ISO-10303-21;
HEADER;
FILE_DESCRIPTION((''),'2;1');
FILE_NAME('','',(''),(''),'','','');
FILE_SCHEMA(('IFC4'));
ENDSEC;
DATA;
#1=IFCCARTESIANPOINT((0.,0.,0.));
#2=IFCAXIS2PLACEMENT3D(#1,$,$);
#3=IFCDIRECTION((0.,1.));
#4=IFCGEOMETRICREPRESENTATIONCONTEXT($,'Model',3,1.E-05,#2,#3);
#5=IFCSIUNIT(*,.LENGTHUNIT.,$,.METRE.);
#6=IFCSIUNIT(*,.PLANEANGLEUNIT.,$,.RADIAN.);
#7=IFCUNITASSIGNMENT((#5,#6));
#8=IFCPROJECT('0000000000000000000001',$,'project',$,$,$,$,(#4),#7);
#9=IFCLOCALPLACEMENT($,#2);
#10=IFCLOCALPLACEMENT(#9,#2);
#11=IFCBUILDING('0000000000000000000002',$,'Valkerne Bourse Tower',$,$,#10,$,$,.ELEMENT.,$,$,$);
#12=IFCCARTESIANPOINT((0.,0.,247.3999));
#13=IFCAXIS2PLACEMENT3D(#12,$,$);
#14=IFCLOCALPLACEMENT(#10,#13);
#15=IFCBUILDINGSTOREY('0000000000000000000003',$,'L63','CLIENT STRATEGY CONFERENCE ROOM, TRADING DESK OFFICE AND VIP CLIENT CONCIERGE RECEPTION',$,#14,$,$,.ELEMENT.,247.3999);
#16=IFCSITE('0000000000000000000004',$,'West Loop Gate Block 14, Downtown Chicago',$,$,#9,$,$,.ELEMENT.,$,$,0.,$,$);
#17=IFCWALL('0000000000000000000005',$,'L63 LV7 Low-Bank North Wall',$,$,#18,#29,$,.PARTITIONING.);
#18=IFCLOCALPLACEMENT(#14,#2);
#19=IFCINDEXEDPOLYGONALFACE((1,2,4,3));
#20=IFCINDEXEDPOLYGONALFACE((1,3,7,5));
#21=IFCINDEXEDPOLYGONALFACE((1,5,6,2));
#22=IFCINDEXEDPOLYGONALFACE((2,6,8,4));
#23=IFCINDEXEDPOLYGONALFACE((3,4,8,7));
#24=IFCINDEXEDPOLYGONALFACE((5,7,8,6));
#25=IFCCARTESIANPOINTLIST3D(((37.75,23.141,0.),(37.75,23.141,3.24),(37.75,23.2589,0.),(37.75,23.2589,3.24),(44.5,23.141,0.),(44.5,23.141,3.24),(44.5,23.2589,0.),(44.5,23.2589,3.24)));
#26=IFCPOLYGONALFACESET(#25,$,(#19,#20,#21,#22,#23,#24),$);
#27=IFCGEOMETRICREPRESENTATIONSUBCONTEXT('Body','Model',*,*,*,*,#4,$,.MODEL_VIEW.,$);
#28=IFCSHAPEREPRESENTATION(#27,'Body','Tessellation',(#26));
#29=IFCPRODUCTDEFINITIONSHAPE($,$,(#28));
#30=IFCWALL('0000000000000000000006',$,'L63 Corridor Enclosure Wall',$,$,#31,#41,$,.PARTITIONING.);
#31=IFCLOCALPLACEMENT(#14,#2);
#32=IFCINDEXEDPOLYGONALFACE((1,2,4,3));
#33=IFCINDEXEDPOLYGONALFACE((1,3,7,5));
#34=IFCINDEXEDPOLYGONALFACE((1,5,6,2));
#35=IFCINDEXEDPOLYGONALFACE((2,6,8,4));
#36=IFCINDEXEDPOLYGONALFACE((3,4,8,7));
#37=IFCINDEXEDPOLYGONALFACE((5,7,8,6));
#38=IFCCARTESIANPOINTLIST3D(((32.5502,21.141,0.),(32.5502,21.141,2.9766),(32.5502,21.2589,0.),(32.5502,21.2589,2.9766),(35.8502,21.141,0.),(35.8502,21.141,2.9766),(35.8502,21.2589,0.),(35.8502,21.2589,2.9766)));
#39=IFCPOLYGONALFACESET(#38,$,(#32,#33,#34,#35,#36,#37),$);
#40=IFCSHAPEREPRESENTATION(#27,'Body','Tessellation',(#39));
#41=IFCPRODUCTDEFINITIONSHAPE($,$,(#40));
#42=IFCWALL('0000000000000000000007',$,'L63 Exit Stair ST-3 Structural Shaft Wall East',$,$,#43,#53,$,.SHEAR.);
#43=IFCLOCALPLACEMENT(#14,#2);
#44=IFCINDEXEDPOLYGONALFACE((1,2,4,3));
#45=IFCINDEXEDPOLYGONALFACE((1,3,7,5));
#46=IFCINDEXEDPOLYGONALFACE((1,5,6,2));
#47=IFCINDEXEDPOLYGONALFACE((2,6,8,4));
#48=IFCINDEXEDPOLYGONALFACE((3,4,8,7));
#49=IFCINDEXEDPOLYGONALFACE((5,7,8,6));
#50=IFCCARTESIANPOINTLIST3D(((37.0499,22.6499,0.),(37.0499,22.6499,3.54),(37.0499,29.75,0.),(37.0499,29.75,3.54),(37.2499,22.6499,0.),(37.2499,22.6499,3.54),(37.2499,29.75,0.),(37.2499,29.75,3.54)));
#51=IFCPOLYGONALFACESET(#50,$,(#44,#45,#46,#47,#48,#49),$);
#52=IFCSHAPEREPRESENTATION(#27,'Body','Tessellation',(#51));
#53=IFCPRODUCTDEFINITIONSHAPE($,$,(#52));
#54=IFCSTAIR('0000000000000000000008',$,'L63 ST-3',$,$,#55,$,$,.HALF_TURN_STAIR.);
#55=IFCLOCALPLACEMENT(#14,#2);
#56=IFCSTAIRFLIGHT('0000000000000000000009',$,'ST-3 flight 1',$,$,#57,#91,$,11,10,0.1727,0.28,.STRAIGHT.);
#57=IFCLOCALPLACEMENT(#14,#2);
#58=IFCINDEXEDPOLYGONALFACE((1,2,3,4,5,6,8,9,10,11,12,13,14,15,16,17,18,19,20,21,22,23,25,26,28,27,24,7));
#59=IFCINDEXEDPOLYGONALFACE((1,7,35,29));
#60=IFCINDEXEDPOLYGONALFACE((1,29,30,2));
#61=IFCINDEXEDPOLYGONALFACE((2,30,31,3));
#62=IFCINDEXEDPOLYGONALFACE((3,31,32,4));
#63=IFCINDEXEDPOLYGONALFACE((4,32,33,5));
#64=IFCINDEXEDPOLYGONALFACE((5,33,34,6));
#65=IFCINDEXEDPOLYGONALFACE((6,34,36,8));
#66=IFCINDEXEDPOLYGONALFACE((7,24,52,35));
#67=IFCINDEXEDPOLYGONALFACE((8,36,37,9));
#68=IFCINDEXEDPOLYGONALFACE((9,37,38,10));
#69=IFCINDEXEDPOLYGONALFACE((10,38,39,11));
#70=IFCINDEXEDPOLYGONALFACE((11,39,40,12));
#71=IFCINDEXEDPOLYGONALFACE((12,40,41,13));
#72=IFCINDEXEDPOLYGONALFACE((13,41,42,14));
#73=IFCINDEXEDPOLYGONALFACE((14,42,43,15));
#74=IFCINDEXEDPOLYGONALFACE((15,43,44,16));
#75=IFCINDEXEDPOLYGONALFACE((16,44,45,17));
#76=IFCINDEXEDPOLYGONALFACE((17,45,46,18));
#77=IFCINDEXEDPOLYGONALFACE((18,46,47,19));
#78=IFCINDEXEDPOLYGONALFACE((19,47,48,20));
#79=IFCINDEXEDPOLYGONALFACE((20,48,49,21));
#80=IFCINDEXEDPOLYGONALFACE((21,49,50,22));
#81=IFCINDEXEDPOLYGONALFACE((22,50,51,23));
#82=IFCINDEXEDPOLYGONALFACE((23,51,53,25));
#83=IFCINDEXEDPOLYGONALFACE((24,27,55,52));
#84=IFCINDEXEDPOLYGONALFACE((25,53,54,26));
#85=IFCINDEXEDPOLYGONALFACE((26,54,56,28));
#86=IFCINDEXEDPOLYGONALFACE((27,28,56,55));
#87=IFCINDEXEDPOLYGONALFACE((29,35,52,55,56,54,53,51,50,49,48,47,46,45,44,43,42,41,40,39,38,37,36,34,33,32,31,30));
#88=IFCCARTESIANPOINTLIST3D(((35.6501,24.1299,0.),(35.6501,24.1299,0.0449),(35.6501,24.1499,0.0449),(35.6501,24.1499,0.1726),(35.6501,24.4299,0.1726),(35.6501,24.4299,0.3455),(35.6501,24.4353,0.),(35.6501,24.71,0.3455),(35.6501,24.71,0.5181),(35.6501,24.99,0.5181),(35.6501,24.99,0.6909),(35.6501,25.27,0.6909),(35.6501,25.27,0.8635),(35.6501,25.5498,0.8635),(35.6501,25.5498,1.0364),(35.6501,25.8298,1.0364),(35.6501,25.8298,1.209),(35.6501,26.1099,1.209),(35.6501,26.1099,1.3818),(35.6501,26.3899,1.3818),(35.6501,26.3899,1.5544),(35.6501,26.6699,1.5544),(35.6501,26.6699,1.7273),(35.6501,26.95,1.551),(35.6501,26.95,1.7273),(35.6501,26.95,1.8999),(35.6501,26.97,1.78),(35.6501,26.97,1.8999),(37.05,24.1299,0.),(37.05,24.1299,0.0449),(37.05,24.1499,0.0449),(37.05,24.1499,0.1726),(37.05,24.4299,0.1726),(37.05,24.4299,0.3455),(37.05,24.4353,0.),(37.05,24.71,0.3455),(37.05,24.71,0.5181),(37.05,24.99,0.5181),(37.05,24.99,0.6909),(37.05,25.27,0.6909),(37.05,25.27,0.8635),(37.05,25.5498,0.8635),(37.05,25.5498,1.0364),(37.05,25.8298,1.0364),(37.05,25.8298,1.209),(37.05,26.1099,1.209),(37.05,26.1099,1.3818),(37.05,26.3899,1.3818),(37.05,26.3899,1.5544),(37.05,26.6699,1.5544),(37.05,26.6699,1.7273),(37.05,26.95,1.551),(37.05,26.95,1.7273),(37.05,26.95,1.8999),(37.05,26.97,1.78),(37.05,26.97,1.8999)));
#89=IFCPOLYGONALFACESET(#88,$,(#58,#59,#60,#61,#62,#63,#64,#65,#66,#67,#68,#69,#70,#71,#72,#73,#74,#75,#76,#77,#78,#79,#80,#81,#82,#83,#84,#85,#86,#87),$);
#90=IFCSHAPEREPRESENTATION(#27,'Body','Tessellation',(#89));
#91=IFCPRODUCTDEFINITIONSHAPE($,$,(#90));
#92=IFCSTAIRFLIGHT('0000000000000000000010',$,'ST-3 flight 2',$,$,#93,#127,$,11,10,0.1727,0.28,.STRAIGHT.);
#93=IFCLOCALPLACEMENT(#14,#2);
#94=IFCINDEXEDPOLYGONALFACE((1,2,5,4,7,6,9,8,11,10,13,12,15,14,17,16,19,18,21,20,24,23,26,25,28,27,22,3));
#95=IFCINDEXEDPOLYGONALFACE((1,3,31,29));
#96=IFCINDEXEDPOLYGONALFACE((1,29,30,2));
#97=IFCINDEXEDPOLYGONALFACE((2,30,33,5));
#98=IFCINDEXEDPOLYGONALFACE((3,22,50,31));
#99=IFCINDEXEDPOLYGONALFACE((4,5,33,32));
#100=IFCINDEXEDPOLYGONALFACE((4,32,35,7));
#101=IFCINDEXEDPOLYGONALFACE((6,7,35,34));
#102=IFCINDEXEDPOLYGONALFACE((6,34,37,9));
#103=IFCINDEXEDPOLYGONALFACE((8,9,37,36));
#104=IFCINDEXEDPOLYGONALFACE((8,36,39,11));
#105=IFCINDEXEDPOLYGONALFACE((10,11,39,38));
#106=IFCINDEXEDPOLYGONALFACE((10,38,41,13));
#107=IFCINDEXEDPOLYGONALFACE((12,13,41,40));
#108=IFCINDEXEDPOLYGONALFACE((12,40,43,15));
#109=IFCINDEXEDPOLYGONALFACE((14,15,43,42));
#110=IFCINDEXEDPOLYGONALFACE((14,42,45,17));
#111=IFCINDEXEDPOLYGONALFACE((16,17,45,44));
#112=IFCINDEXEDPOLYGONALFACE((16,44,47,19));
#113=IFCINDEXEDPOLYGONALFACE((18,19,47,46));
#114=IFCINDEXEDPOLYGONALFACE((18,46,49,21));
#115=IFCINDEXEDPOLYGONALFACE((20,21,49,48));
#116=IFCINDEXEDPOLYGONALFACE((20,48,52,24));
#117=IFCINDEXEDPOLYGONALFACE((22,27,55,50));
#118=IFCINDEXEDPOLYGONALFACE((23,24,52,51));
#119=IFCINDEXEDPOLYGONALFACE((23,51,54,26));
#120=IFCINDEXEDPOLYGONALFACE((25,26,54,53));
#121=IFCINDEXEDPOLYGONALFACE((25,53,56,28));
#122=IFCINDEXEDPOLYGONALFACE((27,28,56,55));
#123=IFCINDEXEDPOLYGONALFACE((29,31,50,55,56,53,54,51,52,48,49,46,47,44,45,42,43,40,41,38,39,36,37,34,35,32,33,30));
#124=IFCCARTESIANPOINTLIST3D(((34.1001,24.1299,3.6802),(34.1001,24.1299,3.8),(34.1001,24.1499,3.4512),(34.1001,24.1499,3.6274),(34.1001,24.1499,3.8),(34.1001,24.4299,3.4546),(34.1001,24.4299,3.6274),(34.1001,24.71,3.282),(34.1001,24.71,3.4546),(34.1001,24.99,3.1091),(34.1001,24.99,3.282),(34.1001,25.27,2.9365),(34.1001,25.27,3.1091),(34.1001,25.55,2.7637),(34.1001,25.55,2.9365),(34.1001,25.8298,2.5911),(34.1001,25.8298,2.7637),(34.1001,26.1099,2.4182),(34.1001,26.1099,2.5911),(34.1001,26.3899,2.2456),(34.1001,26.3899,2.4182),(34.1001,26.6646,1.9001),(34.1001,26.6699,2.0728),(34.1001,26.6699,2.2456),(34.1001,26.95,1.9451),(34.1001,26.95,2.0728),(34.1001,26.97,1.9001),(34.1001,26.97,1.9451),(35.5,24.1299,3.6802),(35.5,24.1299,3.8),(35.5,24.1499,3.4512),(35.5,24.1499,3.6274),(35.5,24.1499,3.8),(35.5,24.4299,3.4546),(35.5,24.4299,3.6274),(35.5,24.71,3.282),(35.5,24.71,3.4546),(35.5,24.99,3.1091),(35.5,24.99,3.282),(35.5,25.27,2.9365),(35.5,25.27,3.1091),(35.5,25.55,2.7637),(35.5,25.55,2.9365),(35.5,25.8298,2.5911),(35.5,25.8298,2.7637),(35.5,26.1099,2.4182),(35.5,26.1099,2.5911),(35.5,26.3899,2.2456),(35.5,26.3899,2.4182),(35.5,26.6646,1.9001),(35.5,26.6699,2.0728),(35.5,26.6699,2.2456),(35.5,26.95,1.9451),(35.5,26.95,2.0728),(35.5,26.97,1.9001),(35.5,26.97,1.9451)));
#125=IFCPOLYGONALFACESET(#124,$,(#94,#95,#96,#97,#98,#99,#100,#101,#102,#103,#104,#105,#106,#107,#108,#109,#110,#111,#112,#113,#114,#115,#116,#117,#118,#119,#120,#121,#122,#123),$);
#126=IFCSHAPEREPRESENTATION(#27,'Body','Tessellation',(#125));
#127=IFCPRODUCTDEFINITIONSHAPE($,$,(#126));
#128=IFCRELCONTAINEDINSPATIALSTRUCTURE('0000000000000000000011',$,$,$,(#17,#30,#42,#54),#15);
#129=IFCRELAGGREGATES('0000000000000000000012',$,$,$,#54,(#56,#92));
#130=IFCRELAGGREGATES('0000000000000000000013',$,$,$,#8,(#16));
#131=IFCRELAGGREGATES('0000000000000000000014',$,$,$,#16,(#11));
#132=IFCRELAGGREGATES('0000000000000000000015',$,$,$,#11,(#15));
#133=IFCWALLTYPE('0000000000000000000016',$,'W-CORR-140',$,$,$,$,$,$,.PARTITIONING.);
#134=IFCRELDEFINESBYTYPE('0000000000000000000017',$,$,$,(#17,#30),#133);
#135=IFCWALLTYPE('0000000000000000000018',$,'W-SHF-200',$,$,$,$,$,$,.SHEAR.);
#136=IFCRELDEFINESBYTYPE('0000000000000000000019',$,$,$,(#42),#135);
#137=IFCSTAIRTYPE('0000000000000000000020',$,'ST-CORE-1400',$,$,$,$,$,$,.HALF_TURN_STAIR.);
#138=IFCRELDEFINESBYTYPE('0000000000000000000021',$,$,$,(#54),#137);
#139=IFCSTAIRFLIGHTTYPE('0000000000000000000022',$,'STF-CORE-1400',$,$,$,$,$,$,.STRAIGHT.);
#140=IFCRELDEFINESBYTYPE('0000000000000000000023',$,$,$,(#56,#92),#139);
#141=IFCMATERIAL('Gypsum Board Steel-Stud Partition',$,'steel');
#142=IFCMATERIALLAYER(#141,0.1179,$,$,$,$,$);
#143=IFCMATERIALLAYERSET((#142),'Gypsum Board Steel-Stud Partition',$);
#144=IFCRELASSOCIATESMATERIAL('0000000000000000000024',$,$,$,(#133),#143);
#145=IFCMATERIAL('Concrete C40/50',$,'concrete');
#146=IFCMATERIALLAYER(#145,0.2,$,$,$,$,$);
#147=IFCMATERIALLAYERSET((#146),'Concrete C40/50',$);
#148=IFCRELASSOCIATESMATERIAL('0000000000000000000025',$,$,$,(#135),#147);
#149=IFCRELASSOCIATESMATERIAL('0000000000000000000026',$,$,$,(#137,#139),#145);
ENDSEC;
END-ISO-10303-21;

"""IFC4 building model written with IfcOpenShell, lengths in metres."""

from ifc_helpers import new_model, si_unit, direction, frame, frame_2d, origin, place, context, subcontext, project, spatial, polyline, rectangle, outline, extrude, material, layer, layer_set, type_object, element, aggregate, save


model = new_model("IFC4")

# Units and contexts
model_context = context("Model", 3, precision=1e-05, world=origin(), true_north=direction((0.0, 1.0)))
body_context = subcontext(model_context, "Body", "Model", "MODEL_VIEW")
ifc_project = project(units=[si_unit("LENGTHUNIT", "METRE"), si_unit("PLANEANGLEUNIT", "RADIAN")], contexts=[model_context])

# Site, building, storey
site_placement = place(None, origin())
site = spatial("IfcSite", under=ifc_project, at=site_placement, Name="West Loop Gate Block 14, Downtown Chicago", CompositionType="ELEMENT", RefElevation=0.0)
building_placement = place(site_placement, origin())
building = spatial("IfcBuilding", under=site, at=building_placement, Name="Valkerne Bourse Tower", CompositionType="ELEMENT")
storey_placement = place(building_placement, frame((0.0, 0.0, 247.3999)))
storey = spatial("IfcBuildingStorey", under=building, at=storey_placement, Name="L63", Description="CLIENT STRATEGY CONFERENCE ROOM, TRADING DESK OFFICE AND VIP CLIENT CONCIERGE RECEPTION", CompositionType="ELEMENT", Elevation=247.3999)

# Walls
ifc_material_1 = material(Name="Gypsum Board Steel-Stud Partition", Category="steel")
ifc_layer_1 = layer(ifc_material_1, 0.1179)
ifc_layer_set_1 = layer_set([ifc_layer_1], Name="Gypsum Board Steel-Stud Partition")
wall_type_1 = type_object("IfcWallType", Name="W-CORR-140", PredefinedType="PARTITIONING", material=ifc_layer_set_1)
wall_1_placement = place(storey_placement, frame((37.75, 23.2, 0.0), z_axis=(0.0, 0.0, 1.0), x_axis=(1.0, 0.0, 0.0)))
element("IfcWall", 1, at=wall_1_placement, inside=storey, type_object=wall_type_1, Name="L63 LV7 Low-Bank North Wall", PredefinedType="PARTITIONING", context=body_context, shape_type="SweptSolid", body=[
    extrude(rectangle(XDim=6.75, YDim=0.1179, at=frame_2d((3.375, 0.0))), origin(), (0.0, 0.0, 1.0), 3.24),
])
wall_2_placement = place(storey_placement, frame((35.8501, 21.2, 0.0), z_axis=(0.0, 0.0, 1.0), x_axis=(-1.0, 0.0, 0.0)))
element("IfcWall", 2, at=wall_2_placement, inside=storey, type_object=wall_type_1, Name="L63 Corridor Enclosure Wall", PredefinedType="PARTITIONING", context=body_context, shape_type="SweptSolid", body=[
    extrude(rectangle(XDim=3.3, YDim=0.1179, at=frame_2d((1.6499, 0.0))), origin(), (0.0, 0.0, 1.0), 2.9766),
])

# Wall
ifc_material_2 = material(Name="Concrete C40/50", Category="concrete")
ifc_layer_2 = layer(ifc_material_2, 0.2)
ifc_layer_set_2 = layer_set([ifc_layer_2], Name="Concrete C40/50")
wall_type_2 = type_object("IfcWallType", Name="W-SHF-200", PredefinedType="SHEAR", material=ifc_layer_set_2)
wall_3_placement = place(storey_placement, frame((37.1499, 22.6499, 0.0), z_axis=(0.0, 0.0, 1.0), x_axis=(0.0, 1.0, 0.0)))
element("IfcWall", 3, at=wall_3_placement, inside=storey, type_object=wall_type_2, Name="L63 Exit Stair ST-3 Structural Shaft Wall East", PredefinedType="SHEAR", context=body_context, shape_type="SweptSolid", body=[
    extrude(rectangle(XDim=7.1001, YDim=0.2, at=frame_2d((3.55, 0.0))), origin(), (0.0, 0.0, 1.0), 3.54),
])

# Stair, stair flights
stair_type = type_object("IfcStairType", Name="ST-CORE-1400", PredefinedType="HALF_TURN_STAIR", material=ifc_material_2)
stair_placement = place(storey_placement, origin())
stair = element("IfcStair", 4, at=stair_placement, inside=storey, type_object=stair_type, Name="L63 ST-3", PredefinedType="HALF_TURN_STAIR")
stair_flight_type = type_object("IfcStairFlightType", Name="STF-CORE-1400", PredefinedType="STRAIGHT", material=ifc_material_2)
stair_flight_1_placement = place(storey_placement, frame((36.3501, 24.1499, 0.0), z_axis=(0.0, 0.0, 1.0), x_axis=(0.0, 1.0, 0.0)))
stair_flight_1 = element("IfcStairFlight", 5, at=stair_flight_1_placement, type_object=stair_flight_type, Name="ST-3 flight 1", NumberOfRisers=11, NumberOfTreads=10, PredefinedType="STRAIGHT", RiserHeight=0.1727, TreadLength=0.28, context=body_context, shape_type="SweptSolid", body=[
    extrude(outline(polyline([(-0.02, 0.0), (-0.02, 0.0449), (0.0, 0.0449), (0.0, 0.1726), (0.28, 0.1726), (0.28, 0.3455), (0.5601, 0.3455), (0.5601, 0.5181), (0.8401, 0.5181), (0.8401, 0.6909), (1.1201, 0.6909), (1.1201, 0.8635), (1.3999, 0.8635), (1.3999, 1.0364), (1.6799, 1.0364), (1.6799, 1.209), (1.96, 1.209), (1.96, 1.3818), (2.24, 1.3818), (2.24, 1.5544), (2.52, 1.5544), (2.52, 1.7273), (2.8, 1.7273), (2.8, 1.8999), (2.8201, 1.8999), (2.8201, 1.78), (2.8, 1.551), (0.2854, 0.0), (-0.02, 0.0)])), frame((0.0, 0.7, 0.0), z_axis=(0.0, -1.0, 0.0), x_axis=(1.0, 0.0, 0.0)), (0.0, 0.0, 1.0), 1.3999),
])
stair_flight_2_placement = place(storey_placement, frame((34.8, 26.95, 1.9001), z_axis=(0.0, 0.0, 1.0), x_axis=(0.0, -1.0, 0.0)))
stair_flight_2 = element("IfcStairFlight", 6, at=stair_flight_2_placement, type_object=stair_flight_type, Name="ST-3 flight 2", NumberOfRisers=11, NumberOfTreads=10, PredefinedType="STRAIGHT", RiserHeight=0.1727, TreadLength=0.28, context=body_context, shape_type="SweptSolid", body=[
    extrude(outline(polyline([(-0.02, 0.0), (-0.02, 0.0449), (0.0, 0.0449), (0.0, 0.1726), (0.28, 0.1726), (0.28, 0.3455), (0.5601, 0.3455), (0.5601, 0.5181), (0.8401, 0.5181), (0.8401, 0.6909), (1.1201, 0.6909), (1.1201, 0.8635), (1.3999, 0.8635), (1.3999, 1.0364), (1.6799, 1.0364), (1.6799, 1.209), (1.96, 1.209), (1.96, 1.3818), (2.24, 1.3818), (2.24, 1.5544), (2.52, 1.5544), (2.52, 1.7273), (2.8, 1.7273), (2.8, 1.8999), (2.8201, 1.8999), (2.8201, 1.78), (2.8, 1.551), (0.2854, 0.0), (-0.02, 0.0)])), frame((0.0, 0.7, 0.0), z_axis=(0.0, -1.0, 0.0), x_axis=(1.0, 0.0, 0.0)), (0.0, 0.0, 1.0), 1.3999),
])
aggregate(stair, [stair_flight_1, stair_flight_2])

save(model, "model.ifc")
